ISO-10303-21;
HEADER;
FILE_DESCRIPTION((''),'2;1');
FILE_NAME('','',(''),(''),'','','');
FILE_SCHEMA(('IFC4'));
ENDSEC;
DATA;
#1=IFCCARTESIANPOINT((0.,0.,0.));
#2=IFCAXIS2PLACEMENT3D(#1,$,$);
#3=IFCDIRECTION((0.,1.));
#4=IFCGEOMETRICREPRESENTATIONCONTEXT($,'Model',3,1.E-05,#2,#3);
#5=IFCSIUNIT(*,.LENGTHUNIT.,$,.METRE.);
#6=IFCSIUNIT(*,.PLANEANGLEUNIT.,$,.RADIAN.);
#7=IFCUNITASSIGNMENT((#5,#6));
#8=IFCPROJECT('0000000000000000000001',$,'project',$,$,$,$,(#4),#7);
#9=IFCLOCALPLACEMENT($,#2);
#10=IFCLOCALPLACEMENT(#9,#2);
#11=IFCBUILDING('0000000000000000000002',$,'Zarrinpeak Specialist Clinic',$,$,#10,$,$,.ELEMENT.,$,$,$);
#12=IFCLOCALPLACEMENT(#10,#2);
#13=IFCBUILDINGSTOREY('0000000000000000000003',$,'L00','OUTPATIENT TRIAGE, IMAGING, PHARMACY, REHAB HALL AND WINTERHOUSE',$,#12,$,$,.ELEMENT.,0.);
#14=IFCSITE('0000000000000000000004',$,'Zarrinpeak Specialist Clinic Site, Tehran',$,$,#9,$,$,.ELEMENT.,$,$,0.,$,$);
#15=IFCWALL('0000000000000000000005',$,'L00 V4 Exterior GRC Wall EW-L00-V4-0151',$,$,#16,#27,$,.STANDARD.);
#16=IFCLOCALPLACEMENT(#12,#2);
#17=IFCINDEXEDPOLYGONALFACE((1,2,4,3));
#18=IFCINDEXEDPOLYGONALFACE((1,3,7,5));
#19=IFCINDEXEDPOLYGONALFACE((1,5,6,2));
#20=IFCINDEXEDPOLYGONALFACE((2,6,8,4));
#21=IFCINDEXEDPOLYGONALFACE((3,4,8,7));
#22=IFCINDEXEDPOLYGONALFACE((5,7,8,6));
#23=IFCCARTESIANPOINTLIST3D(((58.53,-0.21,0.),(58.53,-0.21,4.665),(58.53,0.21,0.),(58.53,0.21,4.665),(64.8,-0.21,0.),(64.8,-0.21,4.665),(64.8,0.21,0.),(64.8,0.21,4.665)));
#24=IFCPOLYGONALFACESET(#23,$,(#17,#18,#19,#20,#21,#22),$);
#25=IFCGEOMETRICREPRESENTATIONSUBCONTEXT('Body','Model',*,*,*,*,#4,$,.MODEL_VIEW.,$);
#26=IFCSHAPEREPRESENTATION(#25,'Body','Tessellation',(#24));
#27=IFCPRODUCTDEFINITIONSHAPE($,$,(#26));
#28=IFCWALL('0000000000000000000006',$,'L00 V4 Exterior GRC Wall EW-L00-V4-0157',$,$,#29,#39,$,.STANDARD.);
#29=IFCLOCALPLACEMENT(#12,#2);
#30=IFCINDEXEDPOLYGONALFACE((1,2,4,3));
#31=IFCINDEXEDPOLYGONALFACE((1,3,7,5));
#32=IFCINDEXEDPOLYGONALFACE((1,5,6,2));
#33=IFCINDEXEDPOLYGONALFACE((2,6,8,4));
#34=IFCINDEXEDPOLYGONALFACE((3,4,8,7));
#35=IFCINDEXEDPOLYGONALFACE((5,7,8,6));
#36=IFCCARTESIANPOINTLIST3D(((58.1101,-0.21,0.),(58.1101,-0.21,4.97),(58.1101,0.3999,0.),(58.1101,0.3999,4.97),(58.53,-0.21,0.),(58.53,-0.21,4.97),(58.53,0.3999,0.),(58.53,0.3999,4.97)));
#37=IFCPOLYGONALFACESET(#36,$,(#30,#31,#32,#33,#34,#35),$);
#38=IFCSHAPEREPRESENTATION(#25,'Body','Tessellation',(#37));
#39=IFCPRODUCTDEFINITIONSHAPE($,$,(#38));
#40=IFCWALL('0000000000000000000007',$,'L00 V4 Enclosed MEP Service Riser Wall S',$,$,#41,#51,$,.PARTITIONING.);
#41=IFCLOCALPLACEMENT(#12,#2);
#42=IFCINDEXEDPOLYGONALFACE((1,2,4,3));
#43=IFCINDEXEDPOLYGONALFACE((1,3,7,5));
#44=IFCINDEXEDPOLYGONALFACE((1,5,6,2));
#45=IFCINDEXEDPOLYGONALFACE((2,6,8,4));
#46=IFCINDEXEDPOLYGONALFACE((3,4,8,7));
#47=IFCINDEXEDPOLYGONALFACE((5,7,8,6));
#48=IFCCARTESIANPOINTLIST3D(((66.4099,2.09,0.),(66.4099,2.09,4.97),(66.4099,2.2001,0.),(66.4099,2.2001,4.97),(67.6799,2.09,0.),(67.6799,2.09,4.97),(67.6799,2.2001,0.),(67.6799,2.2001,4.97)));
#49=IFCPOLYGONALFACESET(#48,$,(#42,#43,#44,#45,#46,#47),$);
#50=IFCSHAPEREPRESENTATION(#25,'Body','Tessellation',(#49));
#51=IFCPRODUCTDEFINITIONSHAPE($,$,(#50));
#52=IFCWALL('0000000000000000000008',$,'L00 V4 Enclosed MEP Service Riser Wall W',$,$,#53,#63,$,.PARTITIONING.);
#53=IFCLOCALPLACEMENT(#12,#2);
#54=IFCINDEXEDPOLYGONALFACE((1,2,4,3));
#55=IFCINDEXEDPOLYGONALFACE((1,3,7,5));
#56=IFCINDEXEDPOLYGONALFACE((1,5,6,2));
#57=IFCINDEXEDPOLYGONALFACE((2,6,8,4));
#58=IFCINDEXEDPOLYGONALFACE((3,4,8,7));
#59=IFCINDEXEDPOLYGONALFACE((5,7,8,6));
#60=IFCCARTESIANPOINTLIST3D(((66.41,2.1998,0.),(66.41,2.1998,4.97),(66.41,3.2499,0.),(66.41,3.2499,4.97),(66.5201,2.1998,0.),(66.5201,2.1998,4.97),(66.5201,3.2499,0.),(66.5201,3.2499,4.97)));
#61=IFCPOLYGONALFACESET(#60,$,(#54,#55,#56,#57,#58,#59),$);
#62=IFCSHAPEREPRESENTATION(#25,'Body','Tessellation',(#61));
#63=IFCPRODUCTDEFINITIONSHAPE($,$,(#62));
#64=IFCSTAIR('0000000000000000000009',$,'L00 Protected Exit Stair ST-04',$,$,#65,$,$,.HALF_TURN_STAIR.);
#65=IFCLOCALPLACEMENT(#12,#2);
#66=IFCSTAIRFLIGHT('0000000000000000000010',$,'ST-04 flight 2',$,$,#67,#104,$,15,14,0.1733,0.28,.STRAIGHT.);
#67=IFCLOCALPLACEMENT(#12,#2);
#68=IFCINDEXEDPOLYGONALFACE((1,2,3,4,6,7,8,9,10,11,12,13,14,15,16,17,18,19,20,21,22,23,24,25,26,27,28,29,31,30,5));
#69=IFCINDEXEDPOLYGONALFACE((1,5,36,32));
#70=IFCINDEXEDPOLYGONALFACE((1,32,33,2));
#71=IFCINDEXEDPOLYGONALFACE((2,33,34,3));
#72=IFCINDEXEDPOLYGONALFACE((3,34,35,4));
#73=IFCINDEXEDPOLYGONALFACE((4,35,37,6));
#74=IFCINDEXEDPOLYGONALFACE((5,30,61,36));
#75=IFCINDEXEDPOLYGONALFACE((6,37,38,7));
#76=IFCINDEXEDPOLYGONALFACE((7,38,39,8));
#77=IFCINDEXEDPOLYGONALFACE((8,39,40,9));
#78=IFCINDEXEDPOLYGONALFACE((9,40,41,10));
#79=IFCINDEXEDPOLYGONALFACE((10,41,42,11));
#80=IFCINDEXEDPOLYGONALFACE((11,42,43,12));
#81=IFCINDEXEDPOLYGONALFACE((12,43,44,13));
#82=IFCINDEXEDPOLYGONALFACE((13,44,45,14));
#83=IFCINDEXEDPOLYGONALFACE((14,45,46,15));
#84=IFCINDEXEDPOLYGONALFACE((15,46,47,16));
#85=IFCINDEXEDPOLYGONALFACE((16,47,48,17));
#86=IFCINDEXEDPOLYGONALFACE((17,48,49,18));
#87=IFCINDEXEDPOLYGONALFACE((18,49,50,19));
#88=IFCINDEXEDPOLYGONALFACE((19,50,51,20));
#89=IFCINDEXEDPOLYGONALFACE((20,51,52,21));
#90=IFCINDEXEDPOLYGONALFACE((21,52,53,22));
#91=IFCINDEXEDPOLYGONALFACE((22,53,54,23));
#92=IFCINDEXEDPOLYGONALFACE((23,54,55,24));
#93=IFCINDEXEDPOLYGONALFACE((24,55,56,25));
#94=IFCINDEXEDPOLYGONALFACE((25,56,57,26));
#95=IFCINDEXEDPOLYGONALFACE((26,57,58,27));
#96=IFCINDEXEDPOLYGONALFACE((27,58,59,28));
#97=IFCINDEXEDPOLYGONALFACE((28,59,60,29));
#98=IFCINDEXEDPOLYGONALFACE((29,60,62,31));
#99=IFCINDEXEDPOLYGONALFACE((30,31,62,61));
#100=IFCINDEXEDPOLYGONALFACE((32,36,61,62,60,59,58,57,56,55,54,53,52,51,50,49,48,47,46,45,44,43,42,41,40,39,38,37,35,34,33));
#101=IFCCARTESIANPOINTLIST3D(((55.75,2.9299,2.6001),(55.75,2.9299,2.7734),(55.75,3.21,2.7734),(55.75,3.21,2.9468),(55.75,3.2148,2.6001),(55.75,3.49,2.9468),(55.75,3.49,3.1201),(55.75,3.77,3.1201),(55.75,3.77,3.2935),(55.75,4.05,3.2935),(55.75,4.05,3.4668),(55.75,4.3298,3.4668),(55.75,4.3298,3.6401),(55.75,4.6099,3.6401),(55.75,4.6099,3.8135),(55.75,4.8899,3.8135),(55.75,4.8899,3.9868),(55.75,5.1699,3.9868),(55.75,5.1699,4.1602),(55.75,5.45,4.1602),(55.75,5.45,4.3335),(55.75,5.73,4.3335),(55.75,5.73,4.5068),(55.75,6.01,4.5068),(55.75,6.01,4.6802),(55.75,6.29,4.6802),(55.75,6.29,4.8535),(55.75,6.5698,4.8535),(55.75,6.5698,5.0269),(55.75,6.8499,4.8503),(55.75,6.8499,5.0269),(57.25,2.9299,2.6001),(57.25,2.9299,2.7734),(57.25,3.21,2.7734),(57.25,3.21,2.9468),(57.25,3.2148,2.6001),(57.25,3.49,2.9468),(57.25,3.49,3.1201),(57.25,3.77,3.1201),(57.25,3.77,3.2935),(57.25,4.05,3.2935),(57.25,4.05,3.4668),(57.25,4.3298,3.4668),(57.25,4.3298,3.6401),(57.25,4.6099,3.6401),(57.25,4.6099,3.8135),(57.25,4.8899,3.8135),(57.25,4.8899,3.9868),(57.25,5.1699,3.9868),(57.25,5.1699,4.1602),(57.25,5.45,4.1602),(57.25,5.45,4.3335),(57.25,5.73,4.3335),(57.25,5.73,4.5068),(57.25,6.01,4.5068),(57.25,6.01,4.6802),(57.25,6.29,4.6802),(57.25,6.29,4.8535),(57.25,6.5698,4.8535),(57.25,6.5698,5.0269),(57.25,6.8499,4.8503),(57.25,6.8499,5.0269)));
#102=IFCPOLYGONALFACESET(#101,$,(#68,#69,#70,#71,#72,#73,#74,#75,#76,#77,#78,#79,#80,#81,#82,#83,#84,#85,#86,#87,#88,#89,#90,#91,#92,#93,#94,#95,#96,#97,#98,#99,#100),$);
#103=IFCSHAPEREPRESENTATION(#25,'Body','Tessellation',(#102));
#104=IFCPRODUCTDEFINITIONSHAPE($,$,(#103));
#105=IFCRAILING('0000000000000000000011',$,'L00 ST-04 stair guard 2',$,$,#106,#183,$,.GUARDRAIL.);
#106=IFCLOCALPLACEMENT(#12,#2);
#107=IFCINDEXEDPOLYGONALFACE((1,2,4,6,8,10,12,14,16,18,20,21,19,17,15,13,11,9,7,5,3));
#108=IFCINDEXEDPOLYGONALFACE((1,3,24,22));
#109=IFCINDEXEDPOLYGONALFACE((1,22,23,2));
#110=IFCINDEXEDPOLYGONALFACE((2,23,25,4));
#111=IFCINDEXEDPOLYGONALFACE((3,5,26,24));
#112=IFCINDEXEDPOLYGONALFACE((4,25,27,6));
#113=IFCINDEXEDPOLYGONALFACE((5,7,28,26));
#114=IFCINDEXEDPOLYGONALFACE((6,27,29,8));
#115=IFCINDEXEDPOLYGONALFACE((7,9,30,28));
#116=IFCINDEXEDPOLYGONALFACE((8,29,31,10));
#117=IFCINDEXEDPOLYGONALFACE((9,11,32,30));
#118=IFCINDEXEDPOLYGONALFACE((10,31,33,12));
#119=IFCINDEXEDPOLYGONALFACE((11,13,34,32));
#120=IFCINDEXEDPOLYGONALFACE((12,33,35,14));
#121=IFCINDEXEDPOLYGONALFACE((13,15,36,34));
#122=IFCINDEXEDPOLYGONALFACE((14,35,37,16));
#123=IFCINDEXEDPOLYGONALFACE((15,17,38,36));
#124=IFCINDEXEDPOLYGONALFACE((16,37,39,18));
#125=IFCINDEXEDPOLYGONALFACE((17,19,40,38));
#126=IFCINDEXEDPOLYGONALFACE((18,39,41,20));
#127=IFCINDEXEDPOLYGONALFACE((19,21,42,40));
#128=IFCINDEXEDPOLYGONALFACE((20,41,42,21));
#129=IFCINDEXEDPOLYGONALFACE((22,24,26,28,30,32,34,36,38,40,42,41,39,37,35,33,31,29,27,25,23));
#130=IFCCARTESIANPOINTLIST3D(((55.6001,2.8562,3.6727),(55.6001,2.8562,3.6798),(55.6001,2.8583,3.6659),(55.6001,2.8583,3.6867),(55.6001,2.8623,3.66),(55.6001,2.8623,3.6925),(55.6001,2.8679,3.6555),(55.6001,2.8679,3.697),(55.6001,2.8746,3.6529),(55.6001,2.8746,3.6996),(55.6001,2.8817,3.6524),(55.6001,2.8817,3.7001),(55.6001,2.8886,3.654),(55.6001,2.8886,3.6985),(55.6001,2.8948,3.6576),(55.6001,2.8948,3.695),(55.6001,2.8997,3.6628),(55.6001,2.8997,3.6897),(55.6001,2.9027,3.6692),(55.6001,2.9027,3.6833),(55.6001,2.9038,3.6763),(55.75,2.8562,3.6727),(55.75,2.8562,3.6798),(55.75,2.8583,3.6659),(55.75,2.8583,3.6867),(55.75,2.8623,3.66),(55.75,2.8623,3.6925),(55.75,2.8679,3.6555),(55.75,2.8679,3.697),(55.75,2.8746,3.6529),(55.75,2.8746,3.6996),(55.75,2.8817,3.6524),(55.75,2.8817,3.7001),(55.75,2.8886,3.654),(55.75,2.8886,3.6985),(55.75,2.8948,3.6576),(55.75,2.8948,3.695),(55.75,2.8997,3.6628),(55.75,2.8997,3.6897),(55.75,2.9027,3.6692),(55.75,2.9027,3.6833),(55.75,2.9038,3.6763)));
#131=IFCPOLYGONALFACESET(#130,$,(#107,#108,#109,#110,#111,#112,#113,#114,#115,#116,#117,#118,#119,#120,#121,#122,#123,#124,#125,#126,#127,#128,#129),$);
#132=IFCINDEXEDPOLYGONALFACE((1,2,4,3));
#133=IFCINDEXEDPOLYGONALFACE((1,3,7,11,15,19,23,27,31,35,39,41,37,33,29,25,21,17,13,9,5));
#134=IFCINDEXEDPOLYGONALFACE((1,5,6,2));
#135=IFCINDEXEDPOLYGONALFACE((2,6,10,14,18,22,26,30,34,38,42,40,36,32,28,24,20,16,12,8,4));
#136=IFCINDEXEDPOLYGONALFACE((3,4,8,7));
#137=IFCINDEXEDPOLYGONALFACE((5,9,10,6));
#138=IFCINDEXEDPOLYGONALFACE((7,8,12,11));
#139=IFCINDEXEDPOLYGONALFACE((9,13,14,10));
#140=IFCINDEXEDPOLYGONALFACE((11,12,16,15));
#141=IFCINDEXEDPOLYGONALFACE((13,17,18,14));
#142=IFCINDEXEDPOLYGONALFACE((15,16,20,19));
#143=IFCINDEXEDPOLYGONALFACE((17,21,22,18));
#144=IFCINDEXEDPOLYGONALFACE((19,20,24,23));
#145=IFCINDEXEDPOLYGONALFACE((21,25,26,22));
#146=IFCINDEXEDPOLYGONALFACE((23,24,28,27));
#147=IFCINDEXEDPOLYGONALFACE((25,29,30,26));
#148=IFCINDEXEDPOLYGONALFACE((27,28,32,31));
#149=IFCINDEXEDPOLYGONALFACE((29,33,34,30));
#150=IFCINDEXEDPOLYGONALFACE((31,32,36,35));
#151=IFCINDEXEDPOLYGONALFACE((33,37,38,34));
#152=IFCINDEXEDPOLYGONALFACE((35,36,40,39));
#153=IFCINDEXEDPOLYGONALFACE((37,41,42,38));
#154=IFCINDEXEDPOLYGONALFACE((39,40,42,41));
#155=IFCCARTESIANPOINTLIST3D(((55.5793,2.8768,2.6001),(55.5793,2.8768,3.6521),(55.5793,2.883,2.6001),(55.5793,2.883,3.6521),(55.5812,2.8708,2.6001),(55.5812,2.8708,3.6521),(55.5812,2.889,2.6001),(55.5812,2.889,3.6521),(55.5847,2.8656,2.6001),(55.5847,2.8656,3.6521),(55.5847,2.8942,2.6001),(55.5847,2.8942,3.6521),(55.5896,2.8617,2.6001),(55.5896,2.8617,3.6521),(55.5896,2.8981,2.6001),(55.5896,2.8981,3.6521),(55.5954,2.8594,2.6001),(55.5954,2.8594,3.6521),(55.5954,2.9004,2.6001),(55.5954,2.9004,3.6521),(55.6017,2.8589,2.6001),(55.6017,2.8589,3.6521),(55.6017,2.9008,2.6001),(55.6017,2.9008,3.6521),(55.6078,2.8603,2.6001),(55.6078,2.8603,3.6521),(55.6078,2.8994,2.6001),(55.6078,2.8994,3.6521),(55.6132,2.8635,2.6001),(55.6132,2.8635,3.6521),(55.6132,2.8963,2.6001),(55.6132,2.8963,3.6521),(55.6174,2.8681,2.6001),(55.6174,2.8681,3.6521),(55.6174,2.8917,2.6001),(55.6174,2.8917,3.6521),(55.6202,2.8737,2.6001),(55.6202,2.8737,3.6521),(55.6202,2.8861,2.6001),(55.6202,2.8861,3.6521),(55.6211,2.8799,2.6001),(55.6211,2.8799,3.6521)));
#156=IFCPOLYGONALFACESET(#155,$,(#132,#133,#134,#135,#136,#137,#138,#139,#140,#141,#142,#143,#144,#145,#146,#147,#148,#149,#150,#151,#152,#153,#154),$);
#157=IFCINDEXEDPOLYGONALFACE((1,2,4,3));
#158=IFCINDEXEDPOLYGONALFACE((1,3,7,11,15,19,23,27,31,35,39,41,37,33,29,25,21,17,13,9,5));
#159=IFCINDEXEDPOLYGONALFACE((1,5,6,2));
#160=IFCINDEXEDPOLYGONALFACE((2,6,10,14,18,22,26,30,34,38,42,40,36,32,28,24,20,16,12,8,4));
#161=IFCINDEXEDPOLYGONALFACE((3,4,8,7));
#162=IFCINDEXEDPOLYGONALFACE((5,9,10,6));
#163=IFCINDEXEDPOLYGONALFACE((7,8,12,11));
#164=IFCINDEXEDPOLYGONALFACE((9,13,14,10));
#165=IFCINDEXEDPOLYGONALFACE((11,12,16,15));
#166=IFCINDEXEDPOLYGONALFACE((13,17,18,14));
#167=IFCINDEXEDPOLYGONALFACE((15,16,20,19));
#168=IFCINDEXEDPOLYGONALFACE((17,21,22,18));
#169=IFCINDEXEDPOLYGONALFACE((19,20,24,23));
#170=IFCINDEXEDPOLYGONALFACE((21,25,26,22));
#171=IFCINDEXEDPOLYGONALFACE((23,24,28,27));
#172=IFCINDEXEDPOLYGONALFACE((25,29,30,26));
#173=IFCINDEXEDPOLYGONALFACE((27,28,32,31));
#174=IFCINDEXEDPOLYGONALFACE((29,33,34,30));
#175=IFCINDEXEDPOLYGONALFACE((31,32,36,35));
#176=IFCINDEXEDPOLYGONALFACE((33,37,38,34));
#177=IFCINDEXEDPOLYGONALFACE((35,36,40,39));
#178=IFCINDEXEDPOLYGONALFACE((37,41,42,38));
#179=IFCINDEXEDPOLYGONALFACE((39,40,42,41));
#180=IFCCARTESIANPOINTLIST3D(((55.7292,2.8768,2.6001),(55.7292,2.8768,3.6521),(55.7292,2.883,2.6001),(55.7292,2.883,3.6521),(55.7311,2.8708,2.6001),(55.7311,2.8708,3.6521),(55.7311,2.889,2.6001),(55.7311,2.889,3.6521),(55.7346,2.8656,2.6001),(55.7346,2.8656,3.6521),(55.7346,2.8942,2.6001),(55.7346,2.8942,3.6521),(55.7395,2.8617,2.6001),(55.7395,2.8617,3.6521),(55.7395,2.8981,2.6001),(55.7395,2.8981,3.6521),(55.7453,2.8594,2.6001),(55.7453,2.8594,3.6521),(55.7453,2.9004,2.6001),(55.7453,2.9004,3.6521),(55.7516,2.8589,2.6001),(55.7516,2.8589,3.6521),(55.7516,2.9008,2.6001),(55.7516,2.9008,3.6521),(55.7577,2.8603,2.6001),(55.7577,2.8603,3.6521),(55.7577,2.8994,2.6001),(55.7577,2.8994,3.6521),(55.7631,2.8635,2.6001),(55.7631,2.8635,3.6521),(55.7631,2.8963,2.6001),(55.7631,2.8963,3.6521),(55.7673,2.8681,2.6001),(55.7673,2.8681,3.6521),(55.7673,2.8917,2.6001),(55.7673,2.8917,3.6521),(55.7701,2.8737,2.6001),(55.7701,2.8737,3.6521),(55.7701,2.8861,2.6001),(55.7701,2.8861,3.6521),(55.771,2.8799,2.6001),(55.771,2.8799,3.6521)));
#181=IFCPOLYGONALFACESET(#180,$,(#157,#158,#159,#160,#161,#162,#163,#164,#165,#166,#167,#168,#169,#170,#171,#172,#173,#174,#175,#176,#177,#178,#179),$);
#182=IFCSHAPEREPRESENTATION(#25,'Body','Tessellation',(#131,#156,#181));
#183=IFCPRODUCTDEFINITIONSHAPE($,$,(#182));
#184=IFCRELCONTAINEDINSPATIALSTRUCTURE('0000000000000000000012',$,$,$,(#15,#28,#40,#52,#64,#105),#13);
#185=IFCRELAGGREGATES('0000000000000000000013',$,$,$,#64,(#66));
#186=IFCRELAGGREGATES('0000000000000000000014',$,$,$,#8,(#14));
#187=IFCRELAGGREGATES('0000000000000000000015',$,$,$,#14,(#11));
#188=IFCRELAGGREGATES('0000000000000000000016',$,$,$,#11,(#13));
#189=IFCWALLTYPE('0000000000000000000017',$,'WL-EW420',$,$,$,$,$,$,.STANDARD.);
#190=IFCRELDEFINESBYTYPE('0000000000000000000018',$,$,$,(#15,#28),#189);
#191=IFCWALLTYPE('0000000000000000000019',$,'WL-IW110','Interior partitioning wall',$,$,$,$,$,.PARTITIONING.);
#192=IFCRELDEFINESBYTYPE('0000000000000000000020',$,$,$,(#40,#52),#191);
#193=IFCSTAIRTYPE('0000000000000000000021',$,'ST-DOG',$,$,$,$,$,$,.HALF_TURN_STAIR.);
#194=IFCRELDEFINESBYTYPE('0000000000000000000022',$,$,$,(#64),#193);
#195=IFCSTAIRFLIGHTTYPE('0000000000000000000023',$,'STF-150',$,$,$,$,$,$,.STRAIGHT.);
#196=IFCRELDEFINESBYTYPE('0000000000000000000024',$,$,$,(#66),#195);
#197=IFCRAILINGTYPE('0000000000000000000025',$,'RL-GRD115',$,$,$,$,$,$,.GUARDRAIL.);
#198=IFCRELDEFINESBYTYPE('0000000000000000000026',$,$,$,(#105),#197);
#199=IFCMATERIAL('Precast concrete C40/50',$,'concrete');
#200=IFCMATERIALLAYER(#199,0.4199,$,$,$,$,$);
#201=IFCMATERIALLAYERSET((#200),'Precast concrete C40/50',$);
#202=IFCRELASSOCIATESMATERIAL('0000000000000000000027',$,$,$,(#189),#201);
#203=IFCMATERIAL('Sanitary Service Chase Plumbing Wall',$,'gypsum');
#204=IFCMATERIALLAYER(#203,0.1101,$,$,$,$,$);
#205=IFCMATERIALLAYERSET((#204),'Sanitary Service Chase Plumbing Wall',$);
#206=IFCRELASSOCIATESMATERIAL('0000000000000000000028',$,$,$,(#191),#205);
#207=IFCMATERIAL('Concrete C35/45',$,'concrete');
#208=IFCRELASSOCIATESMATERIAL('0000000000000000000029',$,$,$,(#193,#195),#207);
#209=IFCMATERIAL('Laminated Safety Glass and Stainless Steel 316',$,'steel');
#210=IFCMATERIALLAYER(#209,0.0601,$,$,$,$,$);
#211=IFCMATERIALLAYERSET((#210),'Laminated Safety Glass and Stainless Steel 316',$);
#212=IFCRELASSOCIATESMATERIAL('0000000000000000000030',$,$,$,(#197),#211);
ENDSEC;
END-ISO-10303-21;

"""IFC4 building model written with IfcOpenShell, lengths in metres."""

from ifc_helpers import new_model, si_unit, direction, frame, frame_2d, origin, origin_2d, place, context, subcontext, project, spatial, polyline, rectangle, circle, outline, extrude, material, layer, layer_set, type_object, element, aggregate, save


model = new_model("IFC4")

# Units and contexts
model_context = context("Model", 3, precision=1e-05, world=origin(), true_north=direction((0.0, 1.0)))
body_context = subcontext(model_context, "Body", "Model", "MODEL_VIEW")
ifc_project = project(units=[si_unit("LENGTHUNIT", "METRE"), si_unit("PLANEANGLEUNIT", "RADIAN")], contexts=[model_context])

# Site, building, storey
site_placement = place(None, origin())
site = spatial("IfcSite", under=ifc_project, at=site_placement, Name="Zarrinpeak Specialist Clinic Site, Tehran", CompositionType="ELEMENT", RefElevation=0.0)
building_placement = place(site_placement, origin())
building = spatial("IfcBuilding", under=site, at=building_placement, Name="Zarrinpeak Specialist Clinic", CompositionType="ELEMENT")
storey_placement = place(building_placement, origin())
storey = spatial("IfcBuildingStorey", under=building, at=storey_placement, Name="L00", Description="OUTPATIENT TRIAGE, IMAGING, PHARMACY, REHAB HALL AND WINTERHOUSE", CompositionType="ELEMENT", Elevation=0.0)

# Wall
ifc_material_1 = material(Name="Precast concrete C40/50", Category="concrete")
ifc_layer_1 = layer(ifc_material_1, 0.4199)
ifc_layer_set_1 = layer_set([ifc_layer_1], Name="Precast concrete C40/50")
wall_type_1 = type_object("IfcWallType", Name="WL-EW420", PredefinedType="STANDARD", material=ifc_layer_set_1)
wall_1_placement = place(storey_placement, frame((58.53, 0.0, 0.0), z_axis=(0.0, 0.0, 1.0), x_axis=(1.0, 0.0, 0.0)))
element("IfcWall", 1, at=wall_1_placement, inside=storey, type_object=wall_type_1, Name="L00 V4 Exterior GRC Wall EW-L00-V4-0151", PredefinedType="STANDARD", context=body_context, shape_type="SweptSolid", body=[
    extrude(rectangle(XDim=6.27, YDim=0.4199, at=frame_2d((3.135, 0.0))), origin(), (0.0, 0.0, 1.0), 4.665),
])

# Walls
wall_2_placement = place(storey_placement, frame((58.3201, 0.3999, 0.0), z_axis=(0.0, 0.0, 1.0), x_axis=(0.0, -1.0, 0.0)))
element("IfcWall", 2, at=wall_2_placement, inside=storey, type_object=wall_type_1, Name="L00 V4 Exterior GRC Wall EW-L00-V4-0157", PredefinedType="STANDARD", context=body_context, shape_type="SweptSolid", body=[
    extrude(rectangle(XDim=0.6099, YDim=0.4199, at=frame_2d((0.3049, 0.0))), origin(), (0.0, 0.0, 1.0), 4.97),
])
ifc_material_2 = material(Name="Sanitary Service Chase Plumbing Wall", Category="gypsum")
ifc_layer_2 = layer(ifc_material_2, 0.1101)
ifc_layer_set_2 = layer_set([ifc_layer_2], Name="Sanitary Service Chase Plumbing Wall")
wall_type_2 = type_object("IfcWallType", Name="WL-IW110", Description="Interior partitioning wall", PredefinedType="PARTITIONING", material=ifc_layer_set_2)
wall_3_placement = place(storey_placement, frame((66.4099, 2.145, 0.0), z_axis=(0.0, 0.0, 1.0), x_axis=(1.0, 0.0, 0.0)))
element("IfcWall", 3, at=wall_3_placement, inside=storey, type_object=wall_type_2, Name="L00 V4 Enclosed MEP Service Riser Wall S", PredefinedType="PARTITIONING", context=body_context, shape_type="SweptSolid", body=[
    extrude(rectangle(XDim=1.27, YDim=0.1101, at=frame_2d((0.635, 0.0))), origin(), (0.0, 0.0, 1.0), 4.97),
])
wall_4_placement = place(storey_placement, frame((66.4651, 2.2, 0.0), z_axis=(0.0, 0.0, 1.0), x_axis=(0.0, 1.0, 0.0)))
element("IfcWall", 4, at=wall_4_placement, inside=storey, type_object=wall_type_2, Name="L00 V4 Enclosed MEP Service Riser Wall W", PredefinedType="PARTITIONING", context=body_context, shape_type="SweptSolid", body=[
    extrude(rectangle(XDim=1.05, YDim=0.1101, at=frame_2d((0.5249, 0.0))), origin(), (0.0, 0.0, 1.0), 4.97),
])

# Stair, stair flight
ifc_material_3 = material(Name="Concrete C35/45", Category="concrete")
stair_type = type_object("IfcStairType", Name="ST-DOG", PredefinedType="HALF_TURN_STAIR", material=ifc_material_3)
stair_placement = place(storey_placement, origin())
stair = element("IfcStair", 5, at=stair_placement, inside=storey, type_object=stair_type, Name="L00 Protected Exit Stair ST-04", PredefinedType="HALF_TURN_STAIR")
stair_flight_type = type_object("IfcStairFlightType", Name="STF-150", PredefinedType="STRAIGHT", material=ifc_material_3)
stair_flight_placement = place(storey_placement, frame((56.5, 2.9299, 2.6001), z_axis=(0.0, 0.0, 1.0), x_axis=(0.0, 1.0, 0.0)))
stair_flight = element("IfcStairFlight", 6, at=stair_flight_placement, type_object=stair_flight_type, Name="ST-04 flight 2", NumberOfRisers=15, NumberOfTreads=14, PredefinedType="STRAIGHT", RiserHeight=0.1733, TreadLength=0.28, context=body_context, shape_type="SweptSolid", body=[
    extrude(outline(polyline([(0.0, 0.0), (0.0, 0.1733), (0.28, 0.1733), (0.28, 0.3467), (0.5601, 0.3467), (0.5601, 0.52), (0.8401, 0.52), (0.8401, 0.6934), (1.1201, 0.6934), (1.1201, 0.8667), (1.3999, 0.8667), (1.3999, 1.04), (1.6799, 1.04), (1.6799, 1.2134), (1.96, 1.2134), (1.96, 1.3867), (2.24, 1.3867), (2.24, 1.5601), (2.52, 1.5601), (2.52, 1.7334), (2.8, 1.7334), (2.8, 1.9067), (3.0801, 1.9067), (3.0801, 2.0801), (3.3601, 2.0801), (3.3601, 2.2534), (3.6399, 2.2534), (3.6399, 2.4268), (3.9199, 2.4268), (3.9199, 2.6001), (3.9199, 2.2502), (0.2849, 0.0), (0.0, 0.0)])), frame((0.0, 0.75, 0.0), z_axis=(0.0, -1.0, 0.0), x_axis=(1.0, 0.0, 0.0)), (0.0, 0.0, 1.0), 1.5),
])
aggregate(stair, [stair_flight])

# Railing
ifc_material_4 = material(Name="Laminated Safety Glass and Stainless Steel 316", Category="steel")
ifc_layer_3 = layer(ifc_material_4, 0.0601)
ifc_layer_set_3 = layer_set([ifc_layer_3], Name="Laminated Safety Glass and Stainless Steel 316")
railing_type_1 = type_object("IfcRailingType", Name="RL-GRD115", PredefinedType="GUARDRAIL", material=ifc_layer_set_3)
railing_1_placement = place(storey_placement, frame((55.6001, 2.8799, 2.6001)))
element("IfcRailing", 7, at=railing_1_placement, inside=storey, type_object=railing_type_1, Name="L00 ST-04 stair guard 2", PredefinedType="GUARDRAIL", context=body_context, shape_type="SweptSolid", body=[
    extrude(circle(Radius=0.0239, at=origin_2d()), frame((0.0, 0.0, 1.0762), z_axis=(1.0, 0.0, 0.0), x_axis=(0.0, 1.0, 0.0)), (0.0, 0.0, 1.0), 0.1499),
    extrude(circle(Radius=0.021, at=origin_2d()), origin(), (0.0, 0.0, 1.0), 1.052),
    extrude(circle(Radius=0.021, at=origin_2d()), frame((0.1499, 0.0, 0.0)), (0.0, 0.0, 1.0), 1.052),
])

save(model, "model.ifc")
